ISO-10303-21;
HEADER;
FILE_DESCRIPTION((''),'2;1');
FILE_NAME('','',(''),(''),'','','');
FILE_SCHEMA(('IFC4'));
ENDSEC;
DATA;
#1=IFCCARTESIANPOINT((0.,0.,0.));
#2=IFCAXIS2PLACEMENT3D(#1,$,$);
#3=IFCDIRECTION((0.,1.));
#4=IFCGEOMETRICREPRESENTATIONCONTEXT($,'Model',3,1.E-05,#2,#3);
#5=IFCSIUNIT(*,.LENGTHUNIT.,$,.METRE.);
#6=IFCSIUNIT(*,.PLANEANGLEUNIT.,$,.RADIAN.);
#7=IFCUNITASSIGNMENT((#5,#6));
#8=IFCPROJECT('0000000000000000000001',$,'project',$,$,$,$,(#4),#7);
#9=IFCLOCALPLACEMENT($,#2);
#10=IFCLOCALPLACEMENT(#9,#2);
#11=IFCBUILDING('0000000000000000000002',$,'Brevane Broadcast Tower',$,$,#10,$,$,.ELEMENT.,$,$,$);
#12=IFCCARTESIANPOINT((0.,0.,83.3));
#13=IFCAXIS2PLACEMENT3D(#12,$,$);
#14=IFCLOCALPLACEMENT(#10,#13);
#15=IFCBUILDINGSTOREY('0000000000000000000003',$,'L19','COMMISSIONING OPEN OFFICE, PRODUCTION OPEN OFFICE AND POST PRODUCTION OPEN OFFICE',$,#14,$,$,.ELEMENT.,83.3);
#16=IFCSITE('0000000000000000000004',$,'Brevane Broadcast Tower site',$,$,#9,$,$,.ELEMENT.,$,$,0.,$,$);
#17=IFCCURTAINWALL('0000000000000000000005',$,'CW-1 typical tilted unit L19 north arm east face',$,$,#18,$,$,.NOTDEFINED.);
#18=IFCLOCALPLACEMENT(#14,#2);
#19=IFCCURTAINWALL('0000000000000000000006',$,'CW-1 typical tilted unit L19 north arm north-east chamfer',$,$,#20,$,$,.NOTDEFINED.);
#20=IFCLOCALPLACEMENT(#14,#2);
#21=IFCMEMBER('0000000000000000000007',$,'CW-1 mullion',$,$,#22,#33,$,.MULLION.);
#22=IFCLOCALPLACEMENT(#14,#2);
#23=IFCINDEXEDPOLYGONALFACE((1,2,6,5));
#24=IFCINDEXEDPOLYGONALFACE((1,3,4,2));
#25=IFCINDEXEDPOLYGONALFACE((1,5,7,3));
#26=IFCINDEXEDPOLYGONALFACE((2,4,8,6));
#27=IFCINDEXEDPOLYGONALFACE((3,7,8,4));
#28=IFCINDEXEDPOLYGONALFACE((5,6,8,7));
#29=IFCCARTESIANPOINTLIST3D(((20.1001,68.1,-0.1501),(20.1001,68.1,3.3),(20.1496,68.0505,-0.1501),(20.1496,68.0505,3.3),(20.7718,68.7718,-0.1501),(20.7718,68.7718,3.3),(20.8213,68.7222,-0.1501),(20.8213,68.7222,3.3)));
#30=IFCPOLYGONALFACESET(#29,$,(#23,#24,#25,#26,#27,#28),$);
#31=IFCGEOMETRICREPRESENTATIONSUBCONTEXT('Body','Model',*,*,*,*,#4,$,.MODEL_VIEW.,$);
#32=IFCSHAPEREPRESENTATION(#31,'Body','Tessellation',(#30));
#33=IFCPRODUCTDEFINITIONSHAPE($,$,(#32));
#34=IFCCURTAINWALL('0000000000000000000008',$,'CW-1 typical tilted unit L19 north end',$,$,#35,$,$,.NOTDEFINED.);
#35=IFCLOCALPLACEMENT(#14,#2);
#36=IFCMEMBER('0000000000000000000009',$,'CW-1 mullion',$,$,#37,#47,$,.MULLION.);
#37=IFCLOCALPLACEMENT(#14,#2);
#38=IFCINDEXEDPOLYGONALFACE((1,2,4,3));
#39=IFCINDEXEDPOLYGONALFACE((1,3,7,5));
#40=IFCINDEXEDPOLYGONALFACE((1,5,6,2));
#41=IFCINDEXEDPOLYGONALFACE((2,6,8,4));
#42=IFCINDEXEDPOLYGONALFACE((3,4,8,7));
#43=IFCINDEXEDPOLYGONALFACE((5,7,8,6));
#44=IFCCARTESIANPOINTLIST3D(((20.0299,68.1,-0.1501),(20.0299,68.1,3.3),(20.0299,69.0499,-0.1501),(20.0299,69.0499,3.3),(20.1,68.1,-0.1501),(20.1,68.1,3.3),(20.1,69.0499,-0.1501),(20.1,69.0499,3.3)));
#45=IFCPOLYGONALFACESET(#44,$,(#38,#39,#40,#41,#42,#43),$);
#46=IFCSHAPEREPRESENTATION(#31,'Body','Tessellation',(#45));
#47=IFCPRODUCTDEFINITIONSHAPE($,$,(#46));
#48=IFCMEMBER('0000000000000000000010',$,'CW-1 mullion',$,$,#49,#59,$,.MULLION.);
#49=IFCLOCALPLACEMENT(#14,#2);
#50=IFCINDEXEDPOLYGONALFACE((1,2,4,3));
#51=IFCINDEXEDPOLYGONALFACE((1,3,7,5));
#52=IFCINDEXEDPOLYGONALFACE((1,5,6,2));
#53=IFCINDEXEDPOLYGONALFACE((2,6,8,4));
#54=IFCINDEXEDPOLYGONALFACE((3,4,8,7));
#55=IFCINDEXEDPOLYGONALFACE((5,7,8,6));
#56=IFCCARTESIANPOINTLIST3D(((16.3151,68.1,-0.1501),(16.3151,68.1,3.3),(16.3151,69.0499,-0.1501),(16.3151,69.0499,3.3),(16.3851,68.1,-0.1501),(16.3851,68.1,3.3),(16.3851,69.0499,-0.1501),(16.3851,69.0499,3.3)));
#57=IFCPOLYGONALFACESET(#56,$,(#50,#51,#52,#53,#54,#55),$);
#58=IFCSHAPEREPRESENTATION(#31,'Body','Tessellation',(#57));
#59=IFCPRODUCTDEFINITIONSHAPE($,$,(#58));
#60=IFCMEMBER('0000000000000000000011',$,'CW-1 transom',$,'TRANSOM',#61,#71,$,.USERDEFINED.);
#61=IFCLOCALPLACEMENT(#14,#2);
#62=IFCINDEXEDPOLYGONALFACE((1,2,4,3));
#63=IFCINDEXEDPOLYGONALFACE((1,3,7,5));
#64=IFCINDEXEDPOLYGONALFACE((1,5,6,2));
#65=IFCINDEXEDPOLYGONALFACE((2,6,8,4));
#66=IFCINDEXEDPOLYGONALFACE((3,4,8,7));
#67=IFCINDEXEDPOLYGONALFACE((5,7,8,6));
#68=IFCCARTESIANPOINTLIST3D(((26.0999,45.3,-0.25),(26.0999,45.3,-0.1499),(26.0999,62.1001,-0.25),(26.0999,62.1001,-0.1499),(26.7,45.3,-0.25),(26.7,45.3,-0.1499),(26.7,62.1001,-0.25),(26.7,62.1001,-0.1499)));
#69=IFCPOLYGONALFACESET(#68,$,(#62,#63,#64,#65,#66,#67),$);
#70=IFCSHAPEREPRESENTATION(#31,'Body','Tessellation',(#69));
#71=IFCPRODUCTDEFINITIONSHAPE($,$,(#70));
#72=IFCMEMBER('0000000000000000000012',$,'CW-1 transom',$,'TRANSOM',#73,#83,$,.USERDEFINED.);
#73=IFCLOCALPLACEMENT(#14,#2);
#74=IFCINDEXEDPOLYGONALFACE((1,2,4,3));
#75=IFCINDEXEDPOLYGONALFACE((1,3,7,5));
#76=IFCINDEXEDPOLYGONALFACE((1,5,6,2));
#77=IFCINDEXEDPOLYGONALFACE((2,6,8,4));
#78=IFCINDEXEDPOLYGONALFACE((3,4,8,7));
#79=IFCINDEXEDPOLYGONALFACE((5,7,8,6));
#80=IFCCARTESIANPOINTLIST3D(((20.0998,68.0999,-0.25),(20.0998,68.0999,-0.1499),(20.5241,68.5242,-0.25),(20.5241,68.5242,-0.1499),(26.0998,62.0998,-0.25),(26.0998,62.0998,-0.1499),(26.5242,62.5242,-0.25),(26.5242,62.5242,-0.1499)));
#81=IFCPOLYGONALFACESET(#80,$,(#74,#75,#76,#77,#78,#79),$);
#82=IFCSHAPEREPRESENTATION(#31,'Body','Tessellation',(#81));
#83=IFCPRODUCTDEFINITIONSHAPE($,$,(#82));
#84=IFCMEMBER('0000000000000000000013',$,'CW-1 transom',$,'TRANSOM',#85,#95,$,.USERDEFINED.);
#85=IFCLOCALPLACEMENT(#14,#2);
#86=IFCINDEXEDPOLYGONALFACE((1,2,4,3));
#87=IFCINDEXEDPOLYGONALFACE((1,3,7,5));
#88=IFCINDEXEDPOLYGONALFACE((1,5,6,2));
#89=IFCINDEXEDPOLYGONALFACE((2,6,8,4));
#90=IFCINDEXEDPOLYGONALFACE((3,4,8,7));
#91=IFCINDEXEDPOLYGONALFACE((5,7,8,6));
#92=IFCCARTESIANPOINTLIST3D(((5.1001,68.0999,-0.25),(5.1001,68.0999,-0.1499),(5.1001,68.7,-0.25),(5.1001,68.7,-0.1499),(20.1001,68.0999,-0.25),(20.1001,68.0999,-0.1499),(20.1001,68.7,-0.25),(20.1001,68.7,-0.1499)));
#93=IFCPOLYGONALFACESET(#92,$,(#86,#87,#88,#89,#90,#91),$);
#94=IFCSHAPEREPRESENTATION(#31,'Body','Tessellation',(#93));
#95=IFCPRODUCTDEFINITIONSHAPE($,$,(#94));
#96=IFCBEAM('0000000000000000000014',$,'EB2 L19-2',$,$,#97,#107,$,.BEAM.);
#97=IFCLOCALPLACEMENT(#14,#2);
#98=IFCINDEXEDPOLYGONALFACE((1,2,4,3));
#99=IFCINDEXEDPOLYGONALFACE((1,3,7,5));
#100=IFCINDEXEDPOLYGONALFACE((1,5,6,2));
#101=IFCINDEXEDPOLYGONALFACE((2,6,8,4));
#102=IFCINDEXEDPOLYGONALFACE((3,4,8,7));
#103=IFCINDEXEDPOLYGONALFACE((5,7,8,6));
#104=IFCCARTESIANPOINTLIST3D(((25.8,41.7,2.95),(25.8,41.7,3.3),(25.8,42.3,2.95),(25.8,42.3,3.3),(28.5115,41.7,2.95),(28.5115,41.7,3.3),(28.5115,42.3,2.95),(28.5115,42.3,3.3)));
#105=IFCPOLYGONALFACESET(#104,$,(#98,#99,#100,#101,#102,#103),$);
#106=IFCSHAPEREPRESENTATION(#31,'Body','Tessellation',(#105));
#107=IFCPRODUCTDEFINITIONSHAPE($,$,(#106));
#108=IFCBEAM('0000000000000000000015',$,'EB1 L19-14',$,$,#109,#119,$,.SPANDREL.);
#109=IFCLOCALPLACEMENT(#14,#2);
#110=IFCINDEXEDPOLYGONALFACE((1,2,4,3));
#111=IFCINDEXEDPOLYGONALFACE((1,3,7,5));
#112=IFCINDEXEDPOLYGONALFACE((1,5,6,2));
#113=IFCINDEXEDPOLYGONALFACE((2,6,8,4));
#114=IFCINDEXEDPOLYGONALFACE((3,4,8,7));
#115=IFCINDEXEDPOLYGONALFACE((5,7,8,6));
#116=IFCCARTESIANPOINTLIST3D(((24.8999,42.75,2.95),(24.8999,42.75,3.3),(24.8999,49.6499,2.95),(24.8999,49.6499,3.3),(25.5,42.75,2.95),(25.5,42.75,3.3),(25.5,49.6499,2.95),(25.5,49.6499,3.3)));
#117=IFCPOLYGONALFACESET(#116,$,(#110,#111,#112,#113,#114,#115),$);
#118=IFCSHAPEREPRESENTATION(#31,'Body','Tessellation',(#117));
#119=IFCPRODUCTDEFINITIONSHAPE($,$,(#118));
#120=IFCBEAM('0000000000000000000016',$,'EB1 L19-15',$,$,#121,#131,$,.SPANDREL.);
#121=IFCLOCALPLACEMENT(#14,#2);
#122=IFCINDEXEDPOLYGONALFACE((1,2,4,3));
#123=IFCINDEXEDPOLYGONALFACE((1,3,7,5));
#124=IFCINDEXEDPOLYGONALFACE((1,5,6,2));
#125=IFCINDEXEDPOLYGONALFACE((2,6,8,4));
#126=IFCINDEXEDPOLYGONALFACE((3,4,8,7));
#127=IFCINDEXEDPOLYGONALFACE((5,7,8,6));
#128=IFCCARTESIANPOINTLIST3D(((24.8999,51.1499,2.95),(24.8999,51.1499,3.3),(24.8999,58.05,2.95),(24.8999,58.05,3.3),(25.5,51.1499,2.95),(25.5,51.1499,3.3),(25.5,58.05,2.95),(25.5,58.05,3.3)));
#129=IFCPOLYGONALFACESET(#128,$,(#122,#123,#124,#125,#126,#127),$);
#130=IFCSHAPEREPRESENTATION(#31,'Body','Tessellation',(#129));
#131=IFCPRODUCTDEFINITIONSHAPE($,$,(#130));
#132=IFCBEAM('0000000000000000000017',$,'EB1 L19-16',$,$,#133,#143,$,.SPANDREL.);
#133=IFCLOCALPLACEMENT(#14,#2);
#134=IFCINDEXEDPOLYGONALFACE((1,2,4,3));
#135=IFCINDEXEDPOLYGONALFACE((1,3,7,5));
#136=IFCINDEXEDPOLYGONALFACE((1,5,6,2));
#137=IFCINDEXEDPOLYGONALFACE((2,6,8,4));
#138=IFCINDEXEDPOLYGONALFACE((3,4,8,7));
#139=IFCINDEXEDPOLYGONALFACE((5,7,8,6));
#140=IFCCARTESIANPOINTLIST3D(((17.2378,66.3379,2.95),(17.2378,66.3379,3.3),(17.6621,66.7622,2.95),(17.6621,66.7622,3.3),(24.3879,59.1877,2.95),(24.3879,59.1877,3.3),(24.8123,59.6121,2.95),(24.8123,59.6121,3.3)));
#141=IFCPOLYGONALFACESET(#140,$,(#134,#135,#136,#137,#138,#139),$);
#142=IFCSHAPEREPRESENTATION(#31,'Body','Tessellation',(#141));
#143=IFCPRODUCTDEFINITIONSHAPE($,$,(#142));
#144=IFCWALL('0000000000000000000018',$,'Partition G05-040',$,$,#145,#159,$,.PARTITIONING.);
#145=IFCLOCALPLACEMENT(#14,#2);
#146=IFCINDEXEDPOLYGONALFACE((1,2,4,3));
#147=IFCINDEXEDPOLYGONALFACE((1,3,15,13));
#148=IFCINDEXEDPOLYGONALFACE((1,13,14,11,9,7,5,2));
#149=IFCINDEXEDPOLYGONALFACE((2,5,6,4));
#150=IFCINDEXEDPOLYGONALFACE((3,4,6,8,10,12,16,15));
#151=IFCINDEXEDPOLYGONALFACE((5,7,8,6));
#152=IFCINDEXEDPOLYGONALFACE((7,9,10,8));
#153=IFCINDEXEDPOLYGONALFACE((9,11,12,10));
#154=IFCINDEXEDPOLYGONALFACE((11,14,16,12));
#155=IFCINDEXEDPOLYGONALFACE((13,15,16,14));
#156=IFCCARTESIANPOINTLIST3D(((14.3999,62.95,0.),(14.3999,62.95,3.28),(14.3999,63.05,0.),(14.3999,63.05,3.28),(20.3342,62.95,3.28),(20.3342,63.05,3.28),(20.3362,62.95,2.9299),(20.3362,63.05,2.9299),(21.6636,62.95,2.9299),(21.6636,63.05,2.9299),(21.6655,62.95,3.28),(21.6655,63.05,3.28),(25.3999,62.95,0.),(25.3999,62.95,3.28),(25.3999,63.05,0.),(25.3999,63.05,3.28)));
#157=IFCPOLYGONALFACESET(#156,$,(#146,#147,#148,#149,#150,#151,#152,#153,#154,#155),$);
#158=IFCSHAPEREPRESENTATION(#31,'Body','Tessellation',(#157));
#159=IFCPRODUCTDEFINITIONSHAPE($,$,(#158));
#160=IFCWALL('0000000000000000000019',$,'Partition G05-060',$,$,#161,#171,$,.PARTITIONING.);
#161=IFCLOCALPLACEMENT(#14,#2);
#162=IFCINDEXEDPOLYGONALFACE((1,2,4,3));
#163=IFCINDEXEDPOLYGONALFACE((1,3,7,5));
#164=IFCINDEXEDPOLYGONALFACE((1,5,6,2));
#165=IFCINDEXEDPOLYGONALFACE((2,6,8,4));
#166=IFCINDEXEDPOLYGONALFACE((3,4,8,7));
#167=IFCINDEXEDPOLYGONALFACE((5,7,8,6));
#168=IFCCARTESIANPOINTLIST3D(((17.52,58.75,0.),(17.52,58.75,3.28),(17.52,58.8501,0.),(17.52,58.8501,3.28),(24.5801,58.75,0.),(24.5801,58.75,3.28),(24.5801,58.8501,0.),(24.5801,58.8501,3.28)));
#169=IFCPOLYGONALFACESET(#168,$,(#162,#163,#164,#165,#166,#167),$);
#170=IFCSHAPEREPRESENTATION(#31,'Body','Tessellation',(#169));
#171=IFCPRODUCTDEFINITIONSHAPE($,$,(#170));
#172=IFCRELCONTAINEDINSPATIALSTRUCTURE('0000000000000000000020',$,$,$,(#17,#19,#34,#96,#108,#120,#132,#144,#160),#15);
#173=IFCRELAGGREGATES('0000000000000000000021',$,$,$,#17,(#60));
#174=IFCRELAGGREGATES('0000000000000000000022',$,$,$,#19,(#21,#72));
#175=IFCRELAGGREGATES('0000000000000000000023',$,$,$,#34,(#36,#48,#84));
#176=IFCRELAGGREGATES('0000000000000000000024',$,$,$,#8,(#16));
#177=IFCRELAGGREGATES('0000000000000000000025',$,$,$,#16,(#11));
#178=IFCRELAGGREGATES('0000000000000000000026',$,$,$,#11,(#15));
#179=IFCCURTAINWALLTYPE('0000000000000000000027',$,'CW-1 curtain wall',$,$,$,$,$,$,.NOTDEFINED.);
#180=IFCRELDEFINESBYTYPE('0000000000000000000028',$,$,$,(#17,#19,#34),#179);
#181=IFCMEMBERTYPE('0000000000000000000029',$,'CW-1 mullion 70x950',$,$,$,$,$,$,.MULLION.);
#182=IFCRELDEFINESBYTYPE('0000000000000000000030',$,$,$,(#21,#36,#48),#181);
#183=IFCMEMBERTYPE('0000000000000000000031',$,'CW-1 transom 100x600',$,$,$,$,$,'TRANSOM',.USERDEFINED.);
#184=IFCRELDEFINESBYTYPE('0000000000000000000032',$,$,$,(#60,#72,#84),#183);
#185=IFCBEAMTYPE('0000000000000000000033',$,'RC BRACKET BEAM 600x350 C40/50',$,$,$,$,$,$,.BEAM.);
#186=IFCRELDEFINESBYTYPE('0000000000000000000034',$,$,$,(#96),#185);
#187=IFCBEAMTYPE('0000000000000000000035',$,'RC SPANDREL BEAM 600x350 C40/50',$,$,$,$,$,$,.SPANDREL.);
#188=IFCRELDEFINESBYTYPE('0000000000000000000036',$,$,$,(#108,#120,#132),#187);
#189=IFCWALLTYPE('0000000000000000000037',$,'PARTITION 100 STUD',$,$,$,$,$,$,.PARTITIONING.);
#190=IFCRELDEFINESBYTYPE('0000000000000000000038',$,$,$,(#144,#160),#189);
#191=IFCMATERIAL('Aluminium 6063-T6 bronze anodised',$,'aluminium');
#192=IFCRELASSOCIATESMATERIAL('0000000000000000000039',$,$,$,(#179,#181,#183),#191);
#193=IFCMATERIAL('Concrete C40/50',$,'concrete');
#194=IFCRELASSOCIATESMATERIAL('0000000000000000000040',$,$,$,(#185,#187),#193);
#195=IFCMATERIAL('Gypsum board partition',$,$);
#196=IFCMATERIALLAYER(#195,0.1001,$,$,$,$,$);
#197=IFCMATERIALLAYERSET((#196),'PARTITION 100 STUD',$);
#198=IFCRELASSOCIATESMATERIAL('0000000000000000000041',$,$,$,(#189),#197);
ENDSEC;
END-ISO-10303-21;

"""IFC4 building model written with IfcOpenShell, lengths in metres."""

from ifc_helpers import new_model, si_unit, direction, frame, frame_2d, origin, origin_2d, place, context, subcontext, project, spatial, polyline, rectangle, outline, extrude, material, layer, layer_set, material_profile, profile_set, type_object, element, aggregate, save


model = new_model("IFC4")

# Units and contexts
model_context = context("Model", 3, precision=1e-05, world=origin(), true_north=direction((0.0, 1.0)))
body_context = subcontext(model_context, "Body", "Model", "MODEL_VIEW")
ifc_project = project(units=[si_unit("LENGTHUNIT", "METRE"), si_unit("PLANEANGLEUNIT", "RADIAN")], contexts=[model_context])

# Site, building, storey
site_placement = place(None, origin())
site = spatial("IfcSite", under=ifc_project, at=site_placement, Name="Brevane Broadcast Tower site", CompositionType="ELEMENT", RefElevation=0.0)
building_placement = place(site_placement, origin())
building = spatial("IfcBuilding", under=site, at=building_placement, Name="Brevane Broadcast Tower", CompositionType="ELEMENT")
storey_placement = place(building_placement, frame((0.0, 0.0, 83.3)))
storey = spatial("IfcBuildingStorey", under=building, at=storey_placement, Name="L19", Description="COMMISSIONING OPEN OFFICE, PRODUCTION OPEN OFFICE AND POST PRODUCTION OPEN OFFICE", CompositionType="ELEMENT", Elevation=83.3)

# Shared definitions
ifc_material_1 = material(Name="Aluminium 6063-T6 bronze anodised", Category="aluminium")
curtain_wall_type = type_object("IfcCurtainWallType", Name="CW-1 curtain wall", PredefinedType="NOTDEFINED", material=ifc_material_1)
ifc_material_profile_1 = material_profile(ifc_material_1, rectangle(XDim=0.95, YDim=0.0701, at=origin_2d()), Name="RECT 70x950")
ifc_profile_set_1 = profile_set([ifc_material_profile_1], Name="Aluminium 6063-T6 bronze anodised")
member_type_1 = type_object("IfcMemberType", Name="CW-1 mullion 70x950", PredefinedType="MULLION", material=ifc_profile_set_1)

# Curtain walls, members
curtain_wall_1_placement = place(storey_placement, origin())
curtain_wall_1 = element("IfcCurtainWall", 1, at=curtain_wall_1_placement, inside=storey, type_object=curtain_wall_type, Name="CW-1 typical tilted unit L19 north arm east face", PredefinedType="NOTDEFINED")
curtain_wall_2_placement = place(storey_placement, origin())
curtain_wall_2 = element("IfcCurtainWall", 2, at=curtain_wall_2_placement, inside=storey, type_object=curtain_wall_type, Name="CW-1 typical tilted unit L19 north arm north-east chamfer", PredefinedType="NOTDEFINED")
member_1_placement = place(storey_placement, frame((20.4607, 68.4111, -0.1501), z_axis=(0.0, 0.0, 1.0), x_axis=(-0.707107, -0.707107, 0.0)))
member_1 = element("IfcMember", 3, at=member_1_placement, type_object=member_type_1, Name="CW-1 mullion", PredefinedType="MULLION", context=body_context, shape_type="SweptSolid", body=[
    extrude(rectangle(XDim=0.95, YDim=0.0701, at=origin_2d()), origin(), (0.0, 0.0, 1.0), 3.4502),
])
curtain_wall_3_placement = place(storey_placement, origin())
curtain_wall_3 = element("IfcCurtainWall", 4, at=curtain_wall_3_placement, inside=storey, type_object=curtain_wall_type, Name="CW-1 typical tilted unit L19 north end", PredefinedType="NOTDEFINED")
member_2_placement = place(storey_placement, frame((20.0649, 68.575, -0.1501), z_axis=(0.0, 0.0, 1.0), x_axis=(0.0, -1.0, 0.0)))
member_2 = element("IfcMember", 5, at=member_2_placement, type_object=member_type_1, Name="CW-1 mullion", PredefinedType="MULLION", context=body_context, shape_type="SweptSolid", body=[
    extrude(rectangle(XDim=0.95, YDim=0.0701, at=origin_2d()), origin(), (0.0, 0.0, 1.0), 3.4502),
])
member_3_placement = place(storey_placement, frame((16.3501, 68.575, -0.1501), z_axis=(0.0, 0.0, 1.0), x_axis=(0.0, -1.0, 0.0)))
member_3 = element("IfcMember", 6, at=member_3_placement, type_object=member_type_1, Name="CW-1 mullion", PredefinedType="MULLION", context=body_context, shape_type="SweptSolid", body=[
    extrude(rectangle(XDim=0.95, YDim=0.0701, at=origin_2d()), origin(), (0.0, 0.0, 1.0), 3.4502),
])

# Members
ifc_material_profile_2 = material_profile(ifc_material_1, rectangle(XDim=0.6001, YDim=0.1001, at=origin_2d()), Name="RECT 100x600")
ifc_profile_set_2 = profile_set([ifc_material_profile_2], Name="Aluminium 6063-T6 bronze anodised")
member_type_2 = type_object("IfcMemberType", Name="CW-1 transom 100x600", ElementType="TRANSOM", PredefinedType="USERDEFINED", material=ifc_profile_set_2)
member_4_placement = place(storey_placement, frame((26.3999, 45.3, -0.2), z_axis=(0.0, 1.0, 0.0), x_axis=(-1.0, 0.0, 0.0)))
member_4 = element("IfcMember", 7, at=member_4_placement, type_object=member_type_2, Name="CW-1 transom", ObjectType="TRANSOM", PredefinedType="USERDEFINED", context=body_context, shape_type="SweptSolid", body=[
    extrude(rectangle(XDim=0.6001, YDim=0.1001, at=origin_2d()), origin(), (0.0, 0.0, 1.0), 16.8),
])
aggregate(curtain_wall_1, [member_4])
member_5_placement = place(storey_placement, frame((26.312, 62.312, -0.2), z_axis=(-0.707107, 0.707107, 0.0), x_axis=(-0.707107, -0.707107, 0.0)))
member_5 = element("IfcMember", 8, at=member_5_placement, type_object=member_type_2, Name="CW-1 transom", ObjectType="TRANSOM", PredefinedType="USERDEFINED", context=body_context, shape_type="SweptSolid", body=[
    extrude(rectangle(XDim=0.6001, YDim=0.1001, at=origin_2d()), origin(), (0.0, 0.0, 1.0), 8.4854),
])
aggregate(curtain_wall_2, [member_1, member_5])
member_6_placement = place(storey_placement, frame((20.1001, 68.3999, -0.2), z_axis=(-1.0, 0.0, 0.0), x_axis=(0.0, -1.0, 0.0)))
member_6 = element("IfcMember", 9, at=member_6_placement, type_object=member_type_2, Name="CW-1 transom", ObjectType="TRANSOM", PredefinedType="USERDEFINED", context=body_context, shape_type="SweptSolid", body=[
    extrude(rectangle(XDim=0.6001, YDim=0.1001, at=origin_2d()), origin(), (0.0, 0.0, 1.0), 15.0),
])
aggregate(curtain_wall_3, [member_2, member_3, member_6])

# Beams
ifc_material_2 = material(Name="Concrete C40/50", Category="concrete")
ifc_material_profile_3 = material_profile(ifc_material_2, rectangle(XDim=0.6001, YDim=0.3501, at=origin_2d()), Name="RC 600x350")
ifc_profile_set_3 = profile_set([ifc_material_profile_3], Name="Concrete C40/50")
beam_type_1 = type_object("IfcBeamType", Name="RC BRACKET BEAM 600x350 C40/50", PredefinedType="BEAM", material=ifc_profile_set_3)
beam_1_placement = place(storey_placement, frame((25.8, 42.0, 3.125), z_axis=(1.0, 0.0, 0.0), x_axis=(0.0, 1.0, 0.0)))
element("IfcBeam", 10, at=beam_1_placement, inside=storey, type_object=beam_type_1, Name="EB2 L19-2", PredefinedType="BEAM", context=body_context, shape_type="SweptSolid", body=[
    extrude(rectangle(XDim=0.6001, YDim=0.3501, at=origin_2d()), origin(), (0.0, 0.0, 1.0), 2.7114),
])
ifc_material_profile_4 = material_profile(ifc_material_2, rectangle(XDim=0.6001, YDim=0.3501, at=origin_2d()), Name="RC 600x350")
ifc_profile_set_4 = profile_set([ifc_material_profile_4], Name="Concrete C40/50")
beam_type_2 = type_object("IfcBeamType", Name="RC SPANDREL BEAM 600x350 C40/50", PredefinedType="SPANDREL", material=ifc_profile_set_4)
beam_2_placement = place(storey_placement, frame((25.2, 42.75, 3.125), z_axis=(0.0, 1.0, 0.0), x_axis=(-1.0, 0.0, 0.0)))
element("IfcBeam", 11, at=beam_2_placement, inside=storey, type_object=beam_type_2, Name="EB1 L19-14", PredefinedType="SPANDREL", context=body_context, shape_type="SweptSolid", body=[
    extrude(rectangle(XDim=0.6001, YDim=0.3501, at=origin_2d()), origin(), (0.0, 0.0, 1.0), 6.8999),
])
beam_3_placement = place(storey_placement, frame((25.2, 51.1499, 3.125), z_axis=(0.0, 1.0, 0.0), x_axis=(-1.0, 0.0, 0.0)))
element("IfcBeam", 12, at=beam_3_placement, inside=storey, type_object=beam_type_2, Name="EB1 L19-15", PredefinedType="SPANDREL", context=body_context, shape_type="SweptSolid", body=[
    extrude(rectangle(XDim=0.6001, YDim=0.3501, at=origin_2d()), origin(), (0.0, 0.0, 1.0), 6.9001),
])
beam_4_placement = place(storey_placement, frame((24.6001, 59.3999, 3.125), z_axis=(-0.707107, 0.707107, 0.0), x_axis=(-0.707107, -0.707107, 0.0)))
element("IfcBeam", 13, at=beam_4_placement, inside=storey, type_object=beam_type_2, Name="EB1 L19-16", PredefinedType="SPANDREL", context=body_context, shape_type="SweptSolid", body=[
    extrude(rectangle(XDim=0.6001, YDim=0.3501, at=origin_2d()), origin(), (0.0, 0.0, 1.0), 10.1118),
])

# Walls
ifc_material_3 = material(Name="Gypsum board partition")
ifc_layer = layer(ifc_material_3, 0.1001)
ifc_layer_set = layer_set([ifc_layer], Name="PARTITION 100 STUD")
wall_type = type_object("IfcWallType", Name="PARTITION 100 STUD", PredefinedType="PARTITIONING", material=ifc_layer_set)
wall_1_placement = place(storey_placement, frame((25.3999, 63.0, 0.0), z_axis=(0.0, 0.0, 1.0), x_axis=(-1.0, 0.0, 0.0)))
element("IfcWall", 14, at=wall_1_placement, inside=storey, type_object=wall_type, Name="Partition G05-040", PredefinedType="PARTITIONING", context=body_context, shape_type="SweptSolid", body=[
    extrude(outline(polyline([(0.0, 0.0), (11.0, 0.0), (11.0, 3.28), (5.0657, 3.28), (5.0637, 2.9299), (3.7363, 2.9299), (3.7344, 3.28), (0.0, 3.28), (0.0, 0.0)])), frame((0.0, 0.05, 0.0), z_axis=(0.0, -1.0, 0.0), x_axis=(1.0, 0.0, 0.0)), (0.0, 0.0, 1.0), 0.1001),
])
wall_2_placement = place(storey_placement, frame((17.52, 58.8, 0.0), z_axis=(0.0, 0.0, 1.0), x_axis=(1.0, 0.0, 0.0)))
element("IfcWall", 15, at=wall_2_placement, inside=storey, type_object=wall_type, Name="Partition G05-060", PredefinedType="PARTITIONING", context=body_context, shape_type="SweptSolid", body=[
    extrude(rectangle(XDim=7.0601, YDim=0.1001, at=frame_2d((3.53, 0.0))), origin(), (0.0, 0.0, 1.0), 3.28),
])

save(model, "model.ifc")
